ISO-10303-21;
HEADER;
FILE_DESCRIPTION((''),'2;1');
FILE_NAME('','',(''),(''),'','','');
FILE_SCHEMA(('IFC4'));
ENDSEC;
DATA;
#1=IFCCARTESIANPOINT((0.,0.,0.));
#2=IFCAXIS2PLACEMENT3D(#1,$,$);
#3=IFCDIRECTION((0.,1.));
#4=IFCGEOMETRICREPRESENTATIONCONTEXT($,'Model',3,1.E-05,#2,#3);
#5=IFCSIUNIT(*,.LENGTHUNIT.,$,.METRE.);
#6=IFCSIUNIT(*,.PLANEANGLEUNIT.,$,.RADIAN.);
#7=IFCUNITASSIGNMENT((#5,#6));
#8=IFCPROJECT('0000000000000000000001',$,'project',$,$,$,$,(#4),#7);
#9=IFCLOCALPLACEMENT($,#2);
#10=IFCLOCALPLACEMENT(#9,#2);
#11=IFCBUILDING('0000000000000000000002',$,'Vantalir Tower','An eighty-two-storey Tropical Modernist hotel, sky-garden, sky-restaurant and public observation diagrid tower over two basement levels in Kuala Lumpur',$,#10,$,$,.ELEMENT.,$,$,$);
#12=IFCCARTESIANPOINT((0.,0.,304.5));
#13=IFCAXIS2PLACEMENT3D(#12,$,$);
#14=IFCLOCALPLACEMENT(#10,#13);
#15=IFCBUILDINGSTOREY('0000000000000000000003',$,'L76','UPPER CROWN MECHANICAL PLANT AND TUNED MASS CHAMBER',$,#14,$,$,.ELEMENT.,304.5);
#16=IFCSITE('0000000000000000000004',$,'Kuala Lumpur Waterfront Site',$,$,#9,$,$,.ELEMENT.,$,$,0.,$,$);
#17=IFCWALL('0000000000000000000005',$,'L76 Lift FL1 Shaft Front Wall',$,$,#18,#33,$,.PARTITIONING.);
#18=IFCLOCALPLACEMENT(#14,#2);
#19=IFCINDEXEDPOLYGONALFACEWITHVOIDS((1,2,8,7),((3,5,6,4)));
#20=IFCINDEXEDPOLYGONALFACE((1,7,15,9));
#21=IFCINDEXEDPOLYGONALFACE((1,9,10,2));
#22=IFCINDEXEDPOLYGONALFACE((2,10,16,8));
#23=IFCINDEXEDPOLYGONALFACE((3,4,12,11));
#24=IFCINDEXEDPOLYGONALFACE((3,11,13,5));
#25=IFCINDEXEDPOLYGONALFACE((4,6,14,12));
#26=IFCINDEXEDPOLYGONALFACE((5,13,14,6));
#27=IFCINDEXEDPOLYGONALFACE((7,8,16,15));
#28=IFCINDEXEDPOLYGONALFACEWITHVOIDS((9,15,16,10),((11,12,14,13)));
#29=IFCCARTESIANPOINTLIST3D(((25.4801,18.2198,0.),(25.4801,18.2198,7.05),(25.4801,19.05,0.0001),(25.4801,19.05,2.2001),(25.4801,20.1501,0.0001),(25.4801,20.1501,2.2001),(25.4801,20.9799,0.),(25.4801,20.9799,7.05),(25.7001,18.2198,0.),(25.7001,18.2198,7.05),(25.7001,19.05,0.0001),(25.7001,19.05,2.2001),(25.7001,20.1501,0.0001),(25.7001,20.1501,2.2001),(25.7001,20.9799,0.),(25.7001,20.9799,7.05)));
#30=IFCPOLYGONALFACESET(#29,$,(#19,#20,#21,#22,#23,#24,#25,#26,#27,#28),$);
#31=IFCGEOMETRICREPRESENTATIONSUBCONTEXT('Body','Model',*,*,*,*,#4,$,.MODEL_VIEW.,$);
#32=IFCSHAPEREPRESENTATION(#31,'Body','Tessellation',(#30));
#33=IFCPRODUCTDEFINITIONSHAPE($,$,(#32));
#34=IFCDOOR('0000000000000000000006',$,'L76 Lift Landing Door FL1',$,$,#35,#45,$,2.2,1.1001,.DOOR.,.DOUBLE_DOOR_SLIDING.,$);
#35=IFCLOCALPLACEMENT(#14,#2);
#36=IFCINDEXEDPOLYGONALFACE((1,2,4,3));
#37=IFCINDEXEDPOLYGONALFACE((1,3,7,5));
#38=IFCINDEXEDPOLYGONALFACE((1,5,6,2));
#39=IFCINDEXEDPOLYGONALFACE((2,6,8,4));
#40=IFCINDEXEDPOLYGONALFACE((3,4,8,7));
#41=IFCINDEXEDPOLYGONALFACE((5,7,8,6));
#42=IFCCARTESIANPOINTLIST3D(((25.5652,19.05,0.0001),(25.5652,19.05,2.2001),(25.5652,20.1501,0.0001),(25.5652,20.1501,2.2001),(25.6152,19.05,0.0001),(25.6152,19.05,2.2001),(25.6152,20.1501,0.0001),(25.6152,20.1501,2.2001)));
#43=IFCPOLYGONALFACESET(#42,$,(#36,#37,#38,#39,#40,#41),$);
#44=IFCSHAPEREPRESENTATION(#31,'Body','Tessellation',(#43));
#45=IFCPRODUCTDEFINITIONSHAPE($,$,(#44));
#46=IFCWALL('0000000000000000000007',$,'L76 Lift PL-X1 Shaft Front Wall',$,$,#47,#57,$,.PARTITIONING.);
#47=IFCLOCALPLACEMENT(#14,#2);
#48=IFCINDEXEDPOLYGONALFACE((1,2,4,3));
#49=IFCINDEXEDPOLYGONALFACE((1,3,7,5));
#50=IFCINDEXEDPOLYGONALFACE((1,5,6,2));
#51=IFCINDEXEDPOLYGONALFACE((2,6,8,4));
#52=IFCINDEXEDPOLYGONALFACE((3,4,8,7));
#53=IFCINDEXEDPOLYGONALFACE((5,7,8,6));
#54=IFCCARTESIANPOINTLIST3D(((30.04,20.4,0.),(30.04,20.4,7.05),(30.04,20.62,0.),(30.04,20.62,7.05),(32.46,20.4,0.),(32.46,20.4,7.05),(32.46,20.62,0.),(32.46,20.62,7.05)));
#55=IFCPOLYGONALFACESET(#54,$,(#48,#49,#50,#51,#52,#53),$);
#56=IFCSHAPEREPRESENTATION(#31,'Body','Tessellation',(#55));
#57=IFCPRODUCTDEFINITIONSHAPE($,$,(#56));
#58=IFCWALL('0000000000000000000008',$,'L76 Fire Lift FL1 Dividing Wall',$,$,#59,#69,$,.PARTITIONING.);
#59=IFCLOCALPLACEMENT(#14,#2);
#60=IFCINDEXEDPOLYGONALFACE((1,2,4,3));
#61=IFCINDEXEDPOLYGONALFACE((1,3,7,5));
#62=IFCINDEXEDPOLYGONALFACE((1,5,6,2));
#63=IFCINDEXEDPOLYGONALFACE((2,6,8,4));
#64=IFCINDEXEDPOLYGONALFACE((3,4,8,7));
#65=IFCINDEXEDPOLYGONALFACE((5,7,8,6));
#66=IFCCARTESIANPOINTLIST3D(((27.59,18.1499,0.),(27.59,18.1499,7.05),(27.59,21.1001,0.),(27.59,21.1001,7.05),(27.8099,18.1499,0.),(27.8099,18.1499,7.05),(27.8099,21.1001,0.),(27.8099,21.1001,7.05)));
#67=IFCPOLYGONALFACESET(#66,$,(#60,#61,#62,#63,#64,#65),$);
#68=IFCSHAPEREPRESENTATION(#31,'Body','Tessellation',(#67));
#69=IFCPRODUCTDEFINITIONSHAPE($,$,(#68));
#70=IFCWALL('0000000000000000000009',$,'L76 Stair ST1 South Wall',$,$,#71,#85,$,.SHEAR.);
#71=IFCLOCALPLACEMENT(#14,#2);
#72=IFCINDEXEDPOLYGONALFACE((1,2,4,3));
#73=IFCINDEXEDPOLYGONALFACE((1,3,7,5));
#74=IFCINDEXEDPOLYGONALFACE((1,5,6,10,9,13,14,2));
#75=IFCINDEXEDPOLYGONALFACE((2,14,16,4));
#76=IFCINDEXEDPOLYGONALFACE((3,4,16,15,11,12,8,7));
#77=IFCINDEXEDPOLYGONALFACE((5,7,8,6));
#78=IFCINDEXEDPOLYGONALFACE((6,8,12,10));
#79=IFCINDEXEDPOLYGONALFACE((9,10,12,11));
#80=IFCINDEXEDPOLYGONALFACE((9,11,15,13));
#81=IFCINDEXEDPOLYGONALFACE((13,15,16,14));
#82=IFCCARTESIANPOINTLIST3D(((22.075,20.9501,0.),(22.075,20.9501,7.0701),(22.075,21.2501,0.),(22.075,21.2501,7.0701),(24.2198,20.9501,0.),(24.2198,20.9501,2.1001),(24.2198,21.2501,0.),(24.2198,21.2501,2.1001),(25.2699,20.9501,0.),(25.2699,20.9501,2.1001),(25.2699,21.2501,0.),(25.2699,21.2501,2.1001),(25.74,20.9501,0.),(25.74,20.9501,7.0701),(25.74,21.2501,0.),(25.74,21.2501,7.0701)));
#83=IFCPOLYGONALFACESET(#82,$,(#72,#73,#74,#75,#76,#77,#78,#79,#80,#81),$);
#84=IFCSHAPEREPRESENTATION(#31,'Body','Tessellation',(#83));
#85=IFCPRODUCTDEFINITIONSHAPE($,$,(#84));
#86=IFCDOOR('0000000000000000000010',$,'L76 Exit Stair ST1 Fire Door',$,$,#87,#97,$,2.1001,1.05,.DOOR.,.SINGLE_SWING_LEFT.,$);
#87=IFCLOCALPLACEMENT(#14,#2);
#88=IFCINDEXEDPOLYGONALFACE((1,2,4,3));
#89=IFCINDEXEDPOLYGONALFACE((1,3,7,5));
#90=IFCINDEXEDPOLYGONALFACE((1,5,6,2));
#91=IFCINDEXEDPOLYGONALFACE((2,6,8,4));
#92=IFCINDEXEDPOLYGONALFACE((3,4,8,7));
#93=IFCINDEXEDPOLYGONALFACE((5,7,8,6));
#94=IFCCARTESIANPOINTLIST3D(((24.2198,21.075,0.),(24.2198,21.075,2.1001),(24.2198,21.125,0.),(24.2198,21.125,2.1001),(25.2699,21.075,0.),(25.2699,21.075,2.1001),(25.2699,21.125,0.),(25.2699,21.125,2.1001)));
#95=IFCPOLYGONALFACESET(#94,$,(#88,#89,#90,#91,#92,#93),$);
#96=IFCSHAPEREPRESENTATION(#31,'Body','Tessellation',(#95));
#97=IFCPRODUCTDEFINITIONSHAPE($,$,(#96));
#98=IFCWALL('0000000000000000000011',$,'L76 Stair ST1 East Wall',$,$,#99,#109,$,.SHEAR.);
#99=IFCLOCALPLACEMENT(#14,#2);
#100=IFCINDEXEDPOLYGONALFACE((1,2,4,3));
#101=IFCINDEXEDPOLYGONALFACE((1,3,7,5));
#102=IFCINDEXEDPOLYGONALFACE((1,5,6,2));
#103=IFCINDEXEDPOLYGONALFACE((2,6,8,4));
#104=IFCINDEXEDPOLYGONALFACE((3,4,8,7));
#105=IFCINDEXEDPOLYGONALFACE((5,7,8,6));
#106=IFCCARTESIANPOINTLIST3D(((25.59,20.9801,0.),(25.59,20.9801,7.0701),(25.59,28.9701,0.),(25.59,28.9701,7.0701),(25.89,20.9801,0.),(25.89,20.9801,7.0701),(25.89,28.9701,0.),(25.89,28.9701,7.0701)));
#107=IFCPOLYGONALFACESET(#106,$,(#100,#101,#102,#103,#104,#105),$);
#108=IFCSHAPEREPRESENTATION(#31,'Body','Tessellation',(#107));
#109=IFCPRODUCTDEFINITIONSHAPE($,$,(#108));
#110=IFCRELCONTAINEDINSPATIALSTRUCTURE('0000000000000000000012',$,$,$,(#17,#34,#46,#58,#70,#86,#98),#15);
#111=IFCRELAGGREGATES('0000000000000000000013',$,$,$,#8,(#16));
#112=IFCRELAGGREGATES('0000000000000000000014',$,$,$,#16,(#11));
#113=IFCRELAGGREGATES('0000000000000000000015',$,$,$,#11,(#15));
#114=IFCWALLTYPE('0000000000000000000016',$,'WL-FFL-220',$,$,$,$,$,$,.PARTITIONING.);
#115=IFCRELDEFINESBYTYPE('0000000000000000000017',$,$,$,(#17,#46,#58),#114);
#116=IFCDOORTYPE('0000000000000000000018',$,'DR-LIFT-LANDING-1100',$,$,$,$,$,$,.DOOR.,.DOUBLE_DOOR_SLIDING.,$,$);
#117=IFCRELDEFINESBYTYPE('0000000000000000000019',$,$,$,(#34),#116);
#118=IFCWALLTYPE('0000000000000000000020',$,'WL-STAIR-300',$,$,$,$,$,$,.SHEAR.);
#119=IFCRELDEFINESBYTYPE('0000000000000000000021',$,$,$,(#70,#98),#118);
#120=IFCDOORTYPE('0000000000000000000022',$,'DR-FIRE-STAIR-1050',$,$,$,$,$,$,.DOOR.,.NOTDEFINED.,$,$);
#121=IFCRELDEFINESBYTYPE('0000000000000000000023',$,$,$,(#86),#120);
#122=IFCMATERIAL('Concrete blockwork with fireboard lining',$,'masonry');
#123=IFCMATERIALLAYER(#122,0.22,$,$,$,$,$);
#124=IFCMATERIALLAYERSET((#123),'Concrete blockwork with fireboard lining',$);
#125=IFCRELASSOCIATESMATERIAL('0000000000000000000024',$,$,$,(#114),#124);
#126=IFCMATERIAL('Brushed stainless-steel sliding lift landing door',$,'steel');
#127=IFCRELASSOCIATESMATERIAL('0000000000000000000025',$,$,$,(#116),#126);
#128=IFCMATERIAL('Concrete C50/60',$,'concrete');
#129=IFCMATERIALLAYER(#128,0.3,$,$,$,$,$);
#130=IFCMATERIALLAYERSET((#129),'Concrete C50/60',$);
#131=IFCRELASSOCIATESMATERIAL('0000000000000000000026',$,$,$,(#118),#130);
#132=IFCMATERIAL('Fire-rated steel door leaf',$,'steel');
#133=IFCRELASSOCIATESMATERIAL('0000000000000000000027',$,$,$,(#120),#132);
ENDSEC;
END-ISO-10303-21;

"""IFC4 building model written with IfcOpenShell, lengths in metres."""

from ifc_helpers import new_model, si_unit, direction, frame, frame_2d, origin, place, context, subcontext, project, spatial, rectangle, extrude, material, layer, layer_set, type_object, element, fill, save


model = new_model("IFC4")

# Units and contexts
model_context = context("Model", 3, precision=1e-05, world=origin(), true_north=direction((0.0, 1.0)))
body_context = subcontext(model_context, "Body", "Model", "MODEL_VIEW")
ifc_project = project(units=[si_unit("LENGTHUNIT", "METRE"), si_unit("PLANEANGLEUNIT", "RADIAN")], contexts=[model_context])

# Site, building, storey
site_placement = place(None, origin())
site = spatial("IfcSite", under=ifc_project, at=site_placement, Name="Kuala Lumpur Waterfront Site", CompositionType="ELEMENT", RefElevation=0.0)
building_placement = place(site_placement, origin())
building = spatial("IfcBuilding", under=site, at=building_placement, Name="Vantalir Tower", Description="An eighty-two-storey Tropical Modernist hotel, sky-garden, sky-restaurant and public observation diagrid tower over two basement levels in Kuala Lumpur", CompositionType="ELEMENT")
storey_placement = place(building_placement, frame((0.0, 0.0, 304.5)))
storey = spatial("IfcBuildingStorey", under=building, at=storey_placement, Name="L76", Description="UPPER CROWN MECHANICAL PLANT AND TUNED MASS CHAMBER", CompositionType="ELEMENT", Elevation=304.5)

# Shared definitions
ifc_material_1 = material(Name="Concrete C50/60", Category="concrete")

# Shared definitions
ifc_material_2 = material(Name="Concrete blockwork with fireboard lining", Category="masonry")
ifc_layer_1 = layer(ifc_material_2, 0.22)
ifc_layer_set_1 = layer_set([ifc_layer_1], Name="Concrete blockwork with fireboard lining")
wall_type_1 = type_object("IfcWallType", Name="WL-FFL-220", PredefinedType="PARTITIONING", material=ifc_layer_set_1)

# Wall, opening, door
wall_1_placement = place(storey_placement, frame((25.5901, 18.22, 0.0), z_axis=(0.0, 0.0, 1.0), x_axis=(0.0, 1.0, 0.0)))
wall_1 = element("IfcWall", 1, at=wall_1_placement, inside=storey, type_object=wall_type_1, Name="L76 Lift FL1 Shaft Front Wall", PredefinedType="PARTITIONING", context=body_context, shape_type="SweptSolid", body=[
    extrude(rectangle(XDim=2.76, YDim=0.22, at=frame_2d((1.3799, 0.0))), origin(), (0.0, 0.0, 1.0), 7.05),
])
opening_1_placement = place(wall_1_placement, frame((0.8301, 0.0, 0.0)))
opening_1 = element("IfcOpeningElement", 2, at=opening_1_placement, cuts=wall_1, PredefinedType="OPENING", context=body_context, shape_type="SweptSolid", body=[
    extrude(rectangle(XDim=1.1001, YDim=2.2, at=frame_2d((0.55, 1.1001))), frame((0.0, 0.1199, 0.0), z_axis=(0.0, -1.0, 0.0), x_axis=(1.0, 0.0, 0.0)), (0.0, 0.0, 1.0), 0.24),
])
ifc_material_3 = material(Name="Brushed stainless-steel sliding lift landing door", Category="steel")
door_type_1 = type_object("IfcDoorType", Name="DR-LIFT-LANDING-1100", OperationType="DOUBLE_DOOR_SLIDING", PredefinedType="DOOR", material=ifc_material_3)
door_1_placement = place(opening_1_placement, origin())
door_1 = element("IfcDoor", 3, at=door_1_placement, inside=storey, type_object=door_type_1, Name="L76 Lift Landing Door FL1", OperationType="DOUBLE_DOOR_SLIDING", OverallHeight=2.2, OverallWidth=1.1001, PredefinedType="DOOR", context=body_context, shape_type="SweptSolid", body=[
    extrude(rectangle(XDim=1.1001, YDim=2.2, at=frame_2d((0.55, 1.1001))), frame((0.0, 0.0249, 0.0), z_axis=(0.0, -1.0, 0.0), x_axis=(1.0, 0.0, 0.0)), (0.0, 0.0, 1.0), 0.05),
])
fill(opening_1, door_1)

# Walls
wall_2_placement = place(storey_placement, frame((30.04, 20.51, 0.0), z_axis=(0.0, 0.0, 1.0), x_axis=(1.0, 0.0, 0.0)))
element("IfcWall", 4, at=wall_2_placement, inside=storey, type_object=wall_type_1, Name="L76 Lift PL-X1 Shaft Front Wall", PredefinedType="PARTITIONING", context=body_context, shape_type="SweptSolid", body=[
    extrude(rectangle(XDim=2.4199, YDim=0.22, at=frame_2d((1.21, 0.0))), origin(), (0.0, 0.0, 1.0), 7.05),
])
wall_3_placement = place(storey_placement, frame((27.7, 18.1499, 0.0), z_axis=(0.0, 0.0, 1.0), x_axis=(0.0, 1.0, 0.0)))
element("IfcWall", 5, at=wall_3_placement, inside=storey, type_object=wall_type_1, Name="L76 Fire Lift FL1 Dividing Wall", PredefinedType="PARTITIONING", context=body_context, shape_type="SweptSolid", body=[
    extrude(rectangle(XDim=2.9502, YDim=0.22, at=frame_2d((1.4751, 0.0))), origin(), (0.0, 0.0, 1.0), 7.05),
])

# Wall, opening, door
ifc_layer_2 = layer(ifc_material_1, 0.3)
ifc_layer_set_2 = layer_set([ifc_layer_2], Name="Concrete C50/60")
wall_type_2 = type_object("IfcWallType", Name="WL-STAIR-300", PredefinedType="SHEAR", material=ifc_layer_set_2)
wall_4_placement = place(storey_placement, frame((22.075, 21.1001, 0.0), z_axis=(0.0, 0.0, 1.0), x_axis=(1.0, 0.0, 0.0)))
wall_4 = element("IfcWall", 6, at=wall_4_placement, inside=storey, type_object=wall_type_2, Name="L76 Stair ST1 South Wall", PredefinedType="SHEAR", context=body_context, shape_type="SweptSolid", body=[
    extrude(rectangle(XDim=3.665, YDim=0.3, at=frame_2d((1.8325, 0.0))), origin(), (0.0, 0.0, 1.0), 7.0701),
])
opening_2_placement = place(wall_4_placement, frame((2.145, 0.0, 0.0)))
opening_2 = element("IfcOpeningElement", 7, at=opening_2_placement, cuts=wall_4, PredefinedType="OPENING", context=body_context, shape_type="SweptSolid", body=[
    extrude(rectangle(XDim=1.05, YDim=2.1001, at=frame_2d((0.5249, 1.05))), frame((0.0, 0.1599, 0.0), z_axis=(0.0, -1.0, 0.0), x_axis=(1.0, 0.0, 0.0)), (0.0, 0.0, 1.0), 0.3201),
])
ifc_material_4 = material(Name="Fire-rated steel door leaf", Category="steel")
door_type_2 = type_object("IfcDoorType", Name="DR-FIRE-STAIR-1050", OperationType="NOTDEFINED", PredefinedType="DOOR", material=ifc_material_4)
door_2_placement = place(opening_2_placement, origin())
door_2 = element("IfcDoor", 8, at=door_2_placement, inside=storey, type_object=door_type_2, Name="L76 Exit Stair ST1 Fire Door", OperationType="SINGLE_SWING_LEFT", OverallHeight=2.1001, OverallWidth=1.05, PredefinedType="DOOR", context=body_context, shape_type="SweptSolid", body=[
    extrude(rectangle(XDim=1.05, YDim=2.1001, at=frame_2d((0.5249, 1.05))), frame((0.0, 0.0249, 0.0), z_axis=(0.0, -1.0, 0.0), x_axis=(1.0, 0.0, 0.0)), (0.0, 0.0, 1.0), 0.05),
])
fill(opening_2, door_2)

# Wall
wall_5_placement = place(storey_placement, frame((25.74, 20.98, 0.0), z_axis=(0.0, 0.0, 1.0), x_axis=(0.0, 1.0, 0.0)))
element("IfcWall", 9, at=wall_5_placement, inside=storey, type_object=wall_type_2, Name="L76 Stair ST1 East Wall", PredefinedType="SHEAR", context=body_context, shape_type="SweptSolid", body=[
    extrude(rectangle(XDim=7.99, YDim=0.3, at=frame_2d((3.9951, 0.0))), origin(), (0.0, 0.0, 1.0), 7.0701),
])

save(model, "model.ifc")
